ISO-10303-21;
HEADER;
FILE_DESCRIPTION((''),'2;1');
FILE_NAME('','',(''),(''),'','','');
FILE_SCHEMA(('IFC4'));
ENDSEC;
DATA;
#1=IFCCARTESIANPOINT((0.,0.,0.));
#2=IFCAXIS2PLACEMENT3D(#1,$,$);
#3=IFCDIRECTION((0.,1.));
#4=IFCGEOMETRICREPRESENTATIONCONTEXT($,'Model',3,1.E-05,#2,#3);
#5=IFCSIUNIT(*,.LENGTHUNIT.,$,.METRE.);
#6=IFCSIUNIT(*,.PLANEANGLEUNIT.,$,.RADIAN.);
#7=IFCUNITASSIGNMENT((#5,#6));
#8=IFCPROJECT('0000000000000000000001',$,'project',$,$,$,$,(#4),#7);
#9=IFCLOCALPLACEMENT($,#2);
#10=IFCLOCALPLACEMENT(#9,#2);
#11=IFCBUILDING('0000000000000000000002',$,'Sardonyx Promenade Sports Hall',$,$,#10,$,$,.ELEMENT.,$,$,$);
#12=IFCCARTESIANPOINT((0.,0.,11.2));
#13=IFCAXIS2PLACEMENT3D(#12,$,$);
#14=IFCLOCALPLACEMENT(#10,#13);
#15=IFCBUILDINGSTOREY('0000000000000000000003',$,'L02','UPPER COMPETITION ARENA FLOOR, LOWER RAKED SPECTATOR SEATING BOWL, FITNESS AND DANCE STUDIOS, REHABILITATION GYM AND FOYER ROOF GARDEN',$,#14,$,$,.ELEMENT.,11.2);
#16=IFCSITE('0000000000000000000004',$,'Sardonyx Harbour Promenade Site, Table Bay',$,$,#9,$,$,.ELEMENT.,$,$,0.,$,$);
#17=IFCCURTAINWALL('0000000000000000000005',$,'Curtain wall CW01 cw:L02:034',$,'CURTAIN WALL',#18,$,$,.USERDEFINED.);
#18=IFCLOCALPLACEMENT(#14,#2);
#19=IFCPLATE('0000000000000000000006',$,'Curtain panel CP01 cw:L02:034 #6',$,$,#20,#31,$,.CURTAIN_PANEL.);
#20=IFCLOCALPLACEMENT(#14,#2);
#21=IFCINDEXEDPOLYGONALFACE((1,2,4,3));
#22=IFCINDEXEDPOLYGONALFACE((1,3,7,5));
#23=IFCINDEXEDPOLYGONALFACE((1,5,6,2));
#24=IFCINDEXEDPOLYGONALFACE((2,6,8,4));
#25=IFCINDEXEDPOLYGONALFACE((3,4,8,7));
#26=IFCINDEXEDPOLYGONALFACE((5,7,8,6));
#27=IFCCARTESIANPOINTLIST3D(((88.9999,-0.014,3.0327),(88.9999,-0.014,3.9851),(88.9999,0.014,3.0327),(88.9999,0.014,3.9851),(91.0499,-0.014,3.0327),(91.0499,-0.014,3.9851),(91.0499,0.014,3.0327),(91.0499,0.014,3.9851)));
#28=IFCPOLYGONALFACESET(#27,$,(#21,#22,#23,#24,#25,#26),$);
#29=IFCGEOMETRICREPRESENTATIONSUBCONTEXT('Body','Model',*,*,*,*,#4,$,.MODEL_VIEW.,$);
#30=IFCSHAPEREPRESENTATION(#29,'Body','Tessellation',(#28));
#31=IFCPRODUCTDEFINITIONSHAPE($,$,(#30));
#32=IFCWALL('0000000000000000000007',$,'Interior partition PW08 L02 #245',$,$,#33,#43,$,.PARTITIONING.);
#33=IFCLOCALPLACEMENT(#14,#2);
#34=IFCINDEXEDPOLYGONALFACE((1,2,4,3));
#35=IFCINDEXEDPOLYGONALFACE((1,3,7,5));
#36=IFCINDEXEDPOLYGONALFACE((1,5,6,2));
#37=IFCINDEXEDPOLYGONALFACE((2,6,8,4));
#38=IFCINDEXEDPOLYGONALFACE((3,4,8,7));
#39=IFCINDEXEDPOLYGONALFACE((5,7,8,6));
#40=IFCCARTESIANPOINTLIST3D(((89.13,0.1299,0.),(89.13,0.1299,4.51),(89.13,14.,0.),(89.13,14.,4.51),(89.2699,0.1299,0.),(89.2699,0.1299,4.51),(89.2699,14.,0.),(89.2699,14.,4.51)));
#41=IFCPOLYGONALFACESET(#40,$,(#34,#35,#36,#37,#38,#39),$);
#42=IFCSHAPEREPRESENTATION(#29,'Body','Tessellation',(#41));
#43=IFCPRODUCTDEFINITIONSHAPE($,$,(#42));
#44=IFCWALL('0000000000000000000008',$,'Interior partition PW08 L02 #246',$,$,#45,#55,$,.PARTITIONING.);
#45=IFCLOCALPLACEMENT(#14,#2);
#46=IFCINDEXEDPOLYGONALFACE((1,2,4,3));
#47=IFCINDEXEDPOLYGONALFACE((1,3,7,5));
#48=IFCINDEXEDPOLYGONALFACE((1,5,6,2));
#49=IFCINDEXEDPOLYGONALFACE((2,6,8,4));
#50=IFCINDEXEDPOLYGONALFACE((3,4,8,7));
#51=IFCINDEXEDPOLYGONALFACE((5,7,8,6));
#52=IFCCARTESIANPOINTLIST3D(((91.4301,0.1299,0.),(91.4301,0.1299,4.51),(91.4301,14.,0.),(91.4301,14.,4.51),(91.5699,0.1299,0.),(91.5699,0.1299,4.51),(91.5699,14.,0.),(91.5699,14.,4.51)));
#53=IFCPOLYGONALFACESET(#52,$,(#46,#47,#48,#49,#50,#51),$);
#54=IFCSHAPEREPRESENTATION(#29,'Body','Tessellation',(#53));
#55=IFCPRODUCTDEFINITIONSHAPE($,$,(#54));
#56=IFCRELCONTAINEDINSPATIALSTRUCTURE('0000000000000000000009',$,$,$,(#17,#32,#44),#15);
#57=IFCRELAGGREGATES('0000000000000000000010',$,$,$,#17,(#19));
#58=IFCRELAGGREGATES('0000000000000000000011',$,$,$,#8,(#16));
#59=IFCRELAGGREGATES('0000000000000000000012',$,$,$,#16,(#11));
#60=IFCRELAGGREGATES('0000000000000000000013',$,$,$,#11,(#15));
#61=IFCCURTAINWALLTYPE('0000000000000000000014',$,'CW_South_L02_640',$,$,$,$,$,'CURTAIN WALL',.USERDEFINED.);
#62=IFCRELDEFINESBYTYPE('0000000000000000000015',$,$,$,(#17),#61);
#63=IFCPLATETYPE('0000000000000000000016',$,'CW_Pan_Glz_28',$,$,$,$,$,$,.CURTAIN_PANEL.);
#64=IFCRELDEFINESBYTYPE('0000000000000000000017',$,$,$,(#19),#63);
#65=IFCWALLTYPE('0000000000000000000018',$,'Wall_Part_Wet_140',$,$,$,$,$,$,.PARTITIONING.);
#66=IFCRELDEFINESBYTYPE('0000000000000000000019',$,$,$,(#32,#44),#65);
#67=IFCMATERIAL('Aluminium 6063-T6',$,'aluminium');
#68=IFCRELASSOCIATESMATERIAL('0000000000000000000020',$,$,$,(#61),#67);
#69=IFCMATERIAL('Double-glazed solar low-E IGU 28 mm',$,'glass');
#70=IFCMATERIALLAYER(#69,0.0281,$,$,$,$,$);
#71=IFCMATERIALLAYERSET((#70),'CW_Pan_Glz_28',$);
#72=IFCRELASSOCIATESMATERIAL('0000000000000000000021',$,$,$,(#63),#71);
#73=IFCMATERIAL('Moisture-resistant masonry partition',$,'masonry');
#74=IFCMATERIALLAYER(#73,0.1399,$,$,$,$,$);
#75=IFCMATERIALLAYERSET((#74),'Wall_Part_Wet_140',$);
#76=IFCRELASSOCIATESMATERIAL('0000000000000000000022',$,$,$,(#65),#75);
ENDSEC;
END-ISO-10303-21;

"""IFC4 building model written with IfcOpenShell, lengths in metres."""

from ifc_helpers import new_model, si_unit, direction, frame, frame_2d, origin, origin_2d, place, context, subcontext, project, spatial, rectangle, extrude, material, layer, layer_set, type_object, element, aggregate, save


model = new_model("IFC4")

# Units and contexts
model_context = context("Model", 3, precision=1e-05, world=origin(), true_north=direction((0.0, 1.0)))
body_context = subcontext(model_context, "Body", "Model", "MODEL_VIEW")
ifc_project = project(units=[si_unit("LENGTHUNIT", "METRE"), si_unit("PLANEANGLEUNIT", "RADIAN")], contexts=[model_context])

# Site, building, storey
site_placement = place(None, origin())
site = spatial("IfcSite", under=ifc_project, at=site_placement, Name="Sardonyx Harbour Promenade Site, Table Bay", CompositionType="ELEMENT", RefElevation=0.0)
building_placement = place(site_placement, origin())
building = spatial("IfcBuilding", under=site, at=building_placement, Name="Sardonyx Promenade Sports Hall", CompositionType="ELEMENT")
storey_placement = place(building_placement, frame((0.0, 0.0, 11.2)))
storey = spatial("IfcBuildingStorey", under=building, at=storey_placement, Name="L02", Description="UPPER COMPETITION ARENA FLOOR, LOWER RAKED SPECTATOR SEATING BOWL, FITNESS AND DANCE STUDIOS, REHABILITATION GYM AND FOYER ROOF GARDEN", CompositionType="ELEMENT", Elevation=11.2)

# Curtain wall, plate
ifc_material_1 = material(Name="Aluminium 6063-T6", Category="aluminium")
curtain_wall_type = type_object("IfcCurtainWallType", Name="CW_South_L02_640", ElementType="CURTAIN WALL", PredefinedType="USERDEFINED", material=ifc_material_1)
curtain_wall_placement = place(storey_placement, origin())
curtain_wall = element("IfcCurtainWall", 1, at=curtain_wall_placement, inside=storey, type_object=curtain_wall_type, Name="Curtain wall CW01 cw:L02:034", ObjectType="CURTAIN WALL", PredefinedType="USERDEFINED")
ifc_material_2 = material(Name="Double-glazed solar low-E IGU 28 mm", Category="glass")
ifc_layer_1 = layer(ifc_material_2, 0.0281)
ifc_layer_set_1 = layer_set([ifc_layer_1], Name="CW_Pan_Glz_28")
plate_type = type_object("IfcPlateType", Name="CW_Pan_Glz_28", PredefinedType="CURTAIN_PANEL", material=ifc_layer_set_1)
plate_1_placement = place(storey_placement, frame((90.0249, 0.0, 3.0327), z_axis=(0.0, 0.0, 1.0), x_axis=(-1.0, 0.0, 0.0)))
plate_1 = element("IfcPlate", 2, at=plate_1_placement, type_object=plate_type, Name="Curtain panel CP01 cw:L02:034 #6", PredefinedType="CURTAIN_PANEL", context=body_context, shape_type="SweptSolid", body=[
    extrude(rectangle(XDim=2.05, YDim=0.0281, at=origin_2d()), origin(), (0.0, 0.0, 1.0), 0.9524),
])
aggregate(curtain_wall, [plate_1])

# Walls
ifc_material_3 = material(Name="Moisture-resistant masonry partition", Category="masonry")
ifc_layer_2 = layer(ifc_material_3, 0.1399)
ifc_layer_set_2 = layer_set([ifc_layer_2], Name="Wall_Part_Wet_140")
wall_type_1 = type_object("IfcWallType", Name="Wall_Part_Wet_140", PredefinedType="PARTITIONING", material=ifc_layer_set_2)
for number, where, z_axis, x_axis, name in (
    (3, (89.2, 0.1299, 0.0), (0.0, 0.0, 1.0), (0.0, 1.0, 0.0), "Interior partition PW08 L02 #245"),
    (4, (91.5, 0.1299, 0.0), (0.0, 0.0, 1.0), (0.0, 1.0, 0.0), "Interior partition PW08 L02 #246"),
):
    element("IfcWall", number, at=place(storey_placement, frame(where, z_axis=z_axis, x_axis=x_axis)), inside=storey, type_object=wall_type_1, Name=name, PredefinedType="PARTITIONING", context=body_context, shape_type="SweptSolid", body=[
        extrude(rectangle(XDim=13.8701, YDim=0.1399, at=frame_2d((6.9351, 0.0))), origin(), (0.0, 0.0, 1.0), 4.51),
    ])

save(model, "model.ifc")
